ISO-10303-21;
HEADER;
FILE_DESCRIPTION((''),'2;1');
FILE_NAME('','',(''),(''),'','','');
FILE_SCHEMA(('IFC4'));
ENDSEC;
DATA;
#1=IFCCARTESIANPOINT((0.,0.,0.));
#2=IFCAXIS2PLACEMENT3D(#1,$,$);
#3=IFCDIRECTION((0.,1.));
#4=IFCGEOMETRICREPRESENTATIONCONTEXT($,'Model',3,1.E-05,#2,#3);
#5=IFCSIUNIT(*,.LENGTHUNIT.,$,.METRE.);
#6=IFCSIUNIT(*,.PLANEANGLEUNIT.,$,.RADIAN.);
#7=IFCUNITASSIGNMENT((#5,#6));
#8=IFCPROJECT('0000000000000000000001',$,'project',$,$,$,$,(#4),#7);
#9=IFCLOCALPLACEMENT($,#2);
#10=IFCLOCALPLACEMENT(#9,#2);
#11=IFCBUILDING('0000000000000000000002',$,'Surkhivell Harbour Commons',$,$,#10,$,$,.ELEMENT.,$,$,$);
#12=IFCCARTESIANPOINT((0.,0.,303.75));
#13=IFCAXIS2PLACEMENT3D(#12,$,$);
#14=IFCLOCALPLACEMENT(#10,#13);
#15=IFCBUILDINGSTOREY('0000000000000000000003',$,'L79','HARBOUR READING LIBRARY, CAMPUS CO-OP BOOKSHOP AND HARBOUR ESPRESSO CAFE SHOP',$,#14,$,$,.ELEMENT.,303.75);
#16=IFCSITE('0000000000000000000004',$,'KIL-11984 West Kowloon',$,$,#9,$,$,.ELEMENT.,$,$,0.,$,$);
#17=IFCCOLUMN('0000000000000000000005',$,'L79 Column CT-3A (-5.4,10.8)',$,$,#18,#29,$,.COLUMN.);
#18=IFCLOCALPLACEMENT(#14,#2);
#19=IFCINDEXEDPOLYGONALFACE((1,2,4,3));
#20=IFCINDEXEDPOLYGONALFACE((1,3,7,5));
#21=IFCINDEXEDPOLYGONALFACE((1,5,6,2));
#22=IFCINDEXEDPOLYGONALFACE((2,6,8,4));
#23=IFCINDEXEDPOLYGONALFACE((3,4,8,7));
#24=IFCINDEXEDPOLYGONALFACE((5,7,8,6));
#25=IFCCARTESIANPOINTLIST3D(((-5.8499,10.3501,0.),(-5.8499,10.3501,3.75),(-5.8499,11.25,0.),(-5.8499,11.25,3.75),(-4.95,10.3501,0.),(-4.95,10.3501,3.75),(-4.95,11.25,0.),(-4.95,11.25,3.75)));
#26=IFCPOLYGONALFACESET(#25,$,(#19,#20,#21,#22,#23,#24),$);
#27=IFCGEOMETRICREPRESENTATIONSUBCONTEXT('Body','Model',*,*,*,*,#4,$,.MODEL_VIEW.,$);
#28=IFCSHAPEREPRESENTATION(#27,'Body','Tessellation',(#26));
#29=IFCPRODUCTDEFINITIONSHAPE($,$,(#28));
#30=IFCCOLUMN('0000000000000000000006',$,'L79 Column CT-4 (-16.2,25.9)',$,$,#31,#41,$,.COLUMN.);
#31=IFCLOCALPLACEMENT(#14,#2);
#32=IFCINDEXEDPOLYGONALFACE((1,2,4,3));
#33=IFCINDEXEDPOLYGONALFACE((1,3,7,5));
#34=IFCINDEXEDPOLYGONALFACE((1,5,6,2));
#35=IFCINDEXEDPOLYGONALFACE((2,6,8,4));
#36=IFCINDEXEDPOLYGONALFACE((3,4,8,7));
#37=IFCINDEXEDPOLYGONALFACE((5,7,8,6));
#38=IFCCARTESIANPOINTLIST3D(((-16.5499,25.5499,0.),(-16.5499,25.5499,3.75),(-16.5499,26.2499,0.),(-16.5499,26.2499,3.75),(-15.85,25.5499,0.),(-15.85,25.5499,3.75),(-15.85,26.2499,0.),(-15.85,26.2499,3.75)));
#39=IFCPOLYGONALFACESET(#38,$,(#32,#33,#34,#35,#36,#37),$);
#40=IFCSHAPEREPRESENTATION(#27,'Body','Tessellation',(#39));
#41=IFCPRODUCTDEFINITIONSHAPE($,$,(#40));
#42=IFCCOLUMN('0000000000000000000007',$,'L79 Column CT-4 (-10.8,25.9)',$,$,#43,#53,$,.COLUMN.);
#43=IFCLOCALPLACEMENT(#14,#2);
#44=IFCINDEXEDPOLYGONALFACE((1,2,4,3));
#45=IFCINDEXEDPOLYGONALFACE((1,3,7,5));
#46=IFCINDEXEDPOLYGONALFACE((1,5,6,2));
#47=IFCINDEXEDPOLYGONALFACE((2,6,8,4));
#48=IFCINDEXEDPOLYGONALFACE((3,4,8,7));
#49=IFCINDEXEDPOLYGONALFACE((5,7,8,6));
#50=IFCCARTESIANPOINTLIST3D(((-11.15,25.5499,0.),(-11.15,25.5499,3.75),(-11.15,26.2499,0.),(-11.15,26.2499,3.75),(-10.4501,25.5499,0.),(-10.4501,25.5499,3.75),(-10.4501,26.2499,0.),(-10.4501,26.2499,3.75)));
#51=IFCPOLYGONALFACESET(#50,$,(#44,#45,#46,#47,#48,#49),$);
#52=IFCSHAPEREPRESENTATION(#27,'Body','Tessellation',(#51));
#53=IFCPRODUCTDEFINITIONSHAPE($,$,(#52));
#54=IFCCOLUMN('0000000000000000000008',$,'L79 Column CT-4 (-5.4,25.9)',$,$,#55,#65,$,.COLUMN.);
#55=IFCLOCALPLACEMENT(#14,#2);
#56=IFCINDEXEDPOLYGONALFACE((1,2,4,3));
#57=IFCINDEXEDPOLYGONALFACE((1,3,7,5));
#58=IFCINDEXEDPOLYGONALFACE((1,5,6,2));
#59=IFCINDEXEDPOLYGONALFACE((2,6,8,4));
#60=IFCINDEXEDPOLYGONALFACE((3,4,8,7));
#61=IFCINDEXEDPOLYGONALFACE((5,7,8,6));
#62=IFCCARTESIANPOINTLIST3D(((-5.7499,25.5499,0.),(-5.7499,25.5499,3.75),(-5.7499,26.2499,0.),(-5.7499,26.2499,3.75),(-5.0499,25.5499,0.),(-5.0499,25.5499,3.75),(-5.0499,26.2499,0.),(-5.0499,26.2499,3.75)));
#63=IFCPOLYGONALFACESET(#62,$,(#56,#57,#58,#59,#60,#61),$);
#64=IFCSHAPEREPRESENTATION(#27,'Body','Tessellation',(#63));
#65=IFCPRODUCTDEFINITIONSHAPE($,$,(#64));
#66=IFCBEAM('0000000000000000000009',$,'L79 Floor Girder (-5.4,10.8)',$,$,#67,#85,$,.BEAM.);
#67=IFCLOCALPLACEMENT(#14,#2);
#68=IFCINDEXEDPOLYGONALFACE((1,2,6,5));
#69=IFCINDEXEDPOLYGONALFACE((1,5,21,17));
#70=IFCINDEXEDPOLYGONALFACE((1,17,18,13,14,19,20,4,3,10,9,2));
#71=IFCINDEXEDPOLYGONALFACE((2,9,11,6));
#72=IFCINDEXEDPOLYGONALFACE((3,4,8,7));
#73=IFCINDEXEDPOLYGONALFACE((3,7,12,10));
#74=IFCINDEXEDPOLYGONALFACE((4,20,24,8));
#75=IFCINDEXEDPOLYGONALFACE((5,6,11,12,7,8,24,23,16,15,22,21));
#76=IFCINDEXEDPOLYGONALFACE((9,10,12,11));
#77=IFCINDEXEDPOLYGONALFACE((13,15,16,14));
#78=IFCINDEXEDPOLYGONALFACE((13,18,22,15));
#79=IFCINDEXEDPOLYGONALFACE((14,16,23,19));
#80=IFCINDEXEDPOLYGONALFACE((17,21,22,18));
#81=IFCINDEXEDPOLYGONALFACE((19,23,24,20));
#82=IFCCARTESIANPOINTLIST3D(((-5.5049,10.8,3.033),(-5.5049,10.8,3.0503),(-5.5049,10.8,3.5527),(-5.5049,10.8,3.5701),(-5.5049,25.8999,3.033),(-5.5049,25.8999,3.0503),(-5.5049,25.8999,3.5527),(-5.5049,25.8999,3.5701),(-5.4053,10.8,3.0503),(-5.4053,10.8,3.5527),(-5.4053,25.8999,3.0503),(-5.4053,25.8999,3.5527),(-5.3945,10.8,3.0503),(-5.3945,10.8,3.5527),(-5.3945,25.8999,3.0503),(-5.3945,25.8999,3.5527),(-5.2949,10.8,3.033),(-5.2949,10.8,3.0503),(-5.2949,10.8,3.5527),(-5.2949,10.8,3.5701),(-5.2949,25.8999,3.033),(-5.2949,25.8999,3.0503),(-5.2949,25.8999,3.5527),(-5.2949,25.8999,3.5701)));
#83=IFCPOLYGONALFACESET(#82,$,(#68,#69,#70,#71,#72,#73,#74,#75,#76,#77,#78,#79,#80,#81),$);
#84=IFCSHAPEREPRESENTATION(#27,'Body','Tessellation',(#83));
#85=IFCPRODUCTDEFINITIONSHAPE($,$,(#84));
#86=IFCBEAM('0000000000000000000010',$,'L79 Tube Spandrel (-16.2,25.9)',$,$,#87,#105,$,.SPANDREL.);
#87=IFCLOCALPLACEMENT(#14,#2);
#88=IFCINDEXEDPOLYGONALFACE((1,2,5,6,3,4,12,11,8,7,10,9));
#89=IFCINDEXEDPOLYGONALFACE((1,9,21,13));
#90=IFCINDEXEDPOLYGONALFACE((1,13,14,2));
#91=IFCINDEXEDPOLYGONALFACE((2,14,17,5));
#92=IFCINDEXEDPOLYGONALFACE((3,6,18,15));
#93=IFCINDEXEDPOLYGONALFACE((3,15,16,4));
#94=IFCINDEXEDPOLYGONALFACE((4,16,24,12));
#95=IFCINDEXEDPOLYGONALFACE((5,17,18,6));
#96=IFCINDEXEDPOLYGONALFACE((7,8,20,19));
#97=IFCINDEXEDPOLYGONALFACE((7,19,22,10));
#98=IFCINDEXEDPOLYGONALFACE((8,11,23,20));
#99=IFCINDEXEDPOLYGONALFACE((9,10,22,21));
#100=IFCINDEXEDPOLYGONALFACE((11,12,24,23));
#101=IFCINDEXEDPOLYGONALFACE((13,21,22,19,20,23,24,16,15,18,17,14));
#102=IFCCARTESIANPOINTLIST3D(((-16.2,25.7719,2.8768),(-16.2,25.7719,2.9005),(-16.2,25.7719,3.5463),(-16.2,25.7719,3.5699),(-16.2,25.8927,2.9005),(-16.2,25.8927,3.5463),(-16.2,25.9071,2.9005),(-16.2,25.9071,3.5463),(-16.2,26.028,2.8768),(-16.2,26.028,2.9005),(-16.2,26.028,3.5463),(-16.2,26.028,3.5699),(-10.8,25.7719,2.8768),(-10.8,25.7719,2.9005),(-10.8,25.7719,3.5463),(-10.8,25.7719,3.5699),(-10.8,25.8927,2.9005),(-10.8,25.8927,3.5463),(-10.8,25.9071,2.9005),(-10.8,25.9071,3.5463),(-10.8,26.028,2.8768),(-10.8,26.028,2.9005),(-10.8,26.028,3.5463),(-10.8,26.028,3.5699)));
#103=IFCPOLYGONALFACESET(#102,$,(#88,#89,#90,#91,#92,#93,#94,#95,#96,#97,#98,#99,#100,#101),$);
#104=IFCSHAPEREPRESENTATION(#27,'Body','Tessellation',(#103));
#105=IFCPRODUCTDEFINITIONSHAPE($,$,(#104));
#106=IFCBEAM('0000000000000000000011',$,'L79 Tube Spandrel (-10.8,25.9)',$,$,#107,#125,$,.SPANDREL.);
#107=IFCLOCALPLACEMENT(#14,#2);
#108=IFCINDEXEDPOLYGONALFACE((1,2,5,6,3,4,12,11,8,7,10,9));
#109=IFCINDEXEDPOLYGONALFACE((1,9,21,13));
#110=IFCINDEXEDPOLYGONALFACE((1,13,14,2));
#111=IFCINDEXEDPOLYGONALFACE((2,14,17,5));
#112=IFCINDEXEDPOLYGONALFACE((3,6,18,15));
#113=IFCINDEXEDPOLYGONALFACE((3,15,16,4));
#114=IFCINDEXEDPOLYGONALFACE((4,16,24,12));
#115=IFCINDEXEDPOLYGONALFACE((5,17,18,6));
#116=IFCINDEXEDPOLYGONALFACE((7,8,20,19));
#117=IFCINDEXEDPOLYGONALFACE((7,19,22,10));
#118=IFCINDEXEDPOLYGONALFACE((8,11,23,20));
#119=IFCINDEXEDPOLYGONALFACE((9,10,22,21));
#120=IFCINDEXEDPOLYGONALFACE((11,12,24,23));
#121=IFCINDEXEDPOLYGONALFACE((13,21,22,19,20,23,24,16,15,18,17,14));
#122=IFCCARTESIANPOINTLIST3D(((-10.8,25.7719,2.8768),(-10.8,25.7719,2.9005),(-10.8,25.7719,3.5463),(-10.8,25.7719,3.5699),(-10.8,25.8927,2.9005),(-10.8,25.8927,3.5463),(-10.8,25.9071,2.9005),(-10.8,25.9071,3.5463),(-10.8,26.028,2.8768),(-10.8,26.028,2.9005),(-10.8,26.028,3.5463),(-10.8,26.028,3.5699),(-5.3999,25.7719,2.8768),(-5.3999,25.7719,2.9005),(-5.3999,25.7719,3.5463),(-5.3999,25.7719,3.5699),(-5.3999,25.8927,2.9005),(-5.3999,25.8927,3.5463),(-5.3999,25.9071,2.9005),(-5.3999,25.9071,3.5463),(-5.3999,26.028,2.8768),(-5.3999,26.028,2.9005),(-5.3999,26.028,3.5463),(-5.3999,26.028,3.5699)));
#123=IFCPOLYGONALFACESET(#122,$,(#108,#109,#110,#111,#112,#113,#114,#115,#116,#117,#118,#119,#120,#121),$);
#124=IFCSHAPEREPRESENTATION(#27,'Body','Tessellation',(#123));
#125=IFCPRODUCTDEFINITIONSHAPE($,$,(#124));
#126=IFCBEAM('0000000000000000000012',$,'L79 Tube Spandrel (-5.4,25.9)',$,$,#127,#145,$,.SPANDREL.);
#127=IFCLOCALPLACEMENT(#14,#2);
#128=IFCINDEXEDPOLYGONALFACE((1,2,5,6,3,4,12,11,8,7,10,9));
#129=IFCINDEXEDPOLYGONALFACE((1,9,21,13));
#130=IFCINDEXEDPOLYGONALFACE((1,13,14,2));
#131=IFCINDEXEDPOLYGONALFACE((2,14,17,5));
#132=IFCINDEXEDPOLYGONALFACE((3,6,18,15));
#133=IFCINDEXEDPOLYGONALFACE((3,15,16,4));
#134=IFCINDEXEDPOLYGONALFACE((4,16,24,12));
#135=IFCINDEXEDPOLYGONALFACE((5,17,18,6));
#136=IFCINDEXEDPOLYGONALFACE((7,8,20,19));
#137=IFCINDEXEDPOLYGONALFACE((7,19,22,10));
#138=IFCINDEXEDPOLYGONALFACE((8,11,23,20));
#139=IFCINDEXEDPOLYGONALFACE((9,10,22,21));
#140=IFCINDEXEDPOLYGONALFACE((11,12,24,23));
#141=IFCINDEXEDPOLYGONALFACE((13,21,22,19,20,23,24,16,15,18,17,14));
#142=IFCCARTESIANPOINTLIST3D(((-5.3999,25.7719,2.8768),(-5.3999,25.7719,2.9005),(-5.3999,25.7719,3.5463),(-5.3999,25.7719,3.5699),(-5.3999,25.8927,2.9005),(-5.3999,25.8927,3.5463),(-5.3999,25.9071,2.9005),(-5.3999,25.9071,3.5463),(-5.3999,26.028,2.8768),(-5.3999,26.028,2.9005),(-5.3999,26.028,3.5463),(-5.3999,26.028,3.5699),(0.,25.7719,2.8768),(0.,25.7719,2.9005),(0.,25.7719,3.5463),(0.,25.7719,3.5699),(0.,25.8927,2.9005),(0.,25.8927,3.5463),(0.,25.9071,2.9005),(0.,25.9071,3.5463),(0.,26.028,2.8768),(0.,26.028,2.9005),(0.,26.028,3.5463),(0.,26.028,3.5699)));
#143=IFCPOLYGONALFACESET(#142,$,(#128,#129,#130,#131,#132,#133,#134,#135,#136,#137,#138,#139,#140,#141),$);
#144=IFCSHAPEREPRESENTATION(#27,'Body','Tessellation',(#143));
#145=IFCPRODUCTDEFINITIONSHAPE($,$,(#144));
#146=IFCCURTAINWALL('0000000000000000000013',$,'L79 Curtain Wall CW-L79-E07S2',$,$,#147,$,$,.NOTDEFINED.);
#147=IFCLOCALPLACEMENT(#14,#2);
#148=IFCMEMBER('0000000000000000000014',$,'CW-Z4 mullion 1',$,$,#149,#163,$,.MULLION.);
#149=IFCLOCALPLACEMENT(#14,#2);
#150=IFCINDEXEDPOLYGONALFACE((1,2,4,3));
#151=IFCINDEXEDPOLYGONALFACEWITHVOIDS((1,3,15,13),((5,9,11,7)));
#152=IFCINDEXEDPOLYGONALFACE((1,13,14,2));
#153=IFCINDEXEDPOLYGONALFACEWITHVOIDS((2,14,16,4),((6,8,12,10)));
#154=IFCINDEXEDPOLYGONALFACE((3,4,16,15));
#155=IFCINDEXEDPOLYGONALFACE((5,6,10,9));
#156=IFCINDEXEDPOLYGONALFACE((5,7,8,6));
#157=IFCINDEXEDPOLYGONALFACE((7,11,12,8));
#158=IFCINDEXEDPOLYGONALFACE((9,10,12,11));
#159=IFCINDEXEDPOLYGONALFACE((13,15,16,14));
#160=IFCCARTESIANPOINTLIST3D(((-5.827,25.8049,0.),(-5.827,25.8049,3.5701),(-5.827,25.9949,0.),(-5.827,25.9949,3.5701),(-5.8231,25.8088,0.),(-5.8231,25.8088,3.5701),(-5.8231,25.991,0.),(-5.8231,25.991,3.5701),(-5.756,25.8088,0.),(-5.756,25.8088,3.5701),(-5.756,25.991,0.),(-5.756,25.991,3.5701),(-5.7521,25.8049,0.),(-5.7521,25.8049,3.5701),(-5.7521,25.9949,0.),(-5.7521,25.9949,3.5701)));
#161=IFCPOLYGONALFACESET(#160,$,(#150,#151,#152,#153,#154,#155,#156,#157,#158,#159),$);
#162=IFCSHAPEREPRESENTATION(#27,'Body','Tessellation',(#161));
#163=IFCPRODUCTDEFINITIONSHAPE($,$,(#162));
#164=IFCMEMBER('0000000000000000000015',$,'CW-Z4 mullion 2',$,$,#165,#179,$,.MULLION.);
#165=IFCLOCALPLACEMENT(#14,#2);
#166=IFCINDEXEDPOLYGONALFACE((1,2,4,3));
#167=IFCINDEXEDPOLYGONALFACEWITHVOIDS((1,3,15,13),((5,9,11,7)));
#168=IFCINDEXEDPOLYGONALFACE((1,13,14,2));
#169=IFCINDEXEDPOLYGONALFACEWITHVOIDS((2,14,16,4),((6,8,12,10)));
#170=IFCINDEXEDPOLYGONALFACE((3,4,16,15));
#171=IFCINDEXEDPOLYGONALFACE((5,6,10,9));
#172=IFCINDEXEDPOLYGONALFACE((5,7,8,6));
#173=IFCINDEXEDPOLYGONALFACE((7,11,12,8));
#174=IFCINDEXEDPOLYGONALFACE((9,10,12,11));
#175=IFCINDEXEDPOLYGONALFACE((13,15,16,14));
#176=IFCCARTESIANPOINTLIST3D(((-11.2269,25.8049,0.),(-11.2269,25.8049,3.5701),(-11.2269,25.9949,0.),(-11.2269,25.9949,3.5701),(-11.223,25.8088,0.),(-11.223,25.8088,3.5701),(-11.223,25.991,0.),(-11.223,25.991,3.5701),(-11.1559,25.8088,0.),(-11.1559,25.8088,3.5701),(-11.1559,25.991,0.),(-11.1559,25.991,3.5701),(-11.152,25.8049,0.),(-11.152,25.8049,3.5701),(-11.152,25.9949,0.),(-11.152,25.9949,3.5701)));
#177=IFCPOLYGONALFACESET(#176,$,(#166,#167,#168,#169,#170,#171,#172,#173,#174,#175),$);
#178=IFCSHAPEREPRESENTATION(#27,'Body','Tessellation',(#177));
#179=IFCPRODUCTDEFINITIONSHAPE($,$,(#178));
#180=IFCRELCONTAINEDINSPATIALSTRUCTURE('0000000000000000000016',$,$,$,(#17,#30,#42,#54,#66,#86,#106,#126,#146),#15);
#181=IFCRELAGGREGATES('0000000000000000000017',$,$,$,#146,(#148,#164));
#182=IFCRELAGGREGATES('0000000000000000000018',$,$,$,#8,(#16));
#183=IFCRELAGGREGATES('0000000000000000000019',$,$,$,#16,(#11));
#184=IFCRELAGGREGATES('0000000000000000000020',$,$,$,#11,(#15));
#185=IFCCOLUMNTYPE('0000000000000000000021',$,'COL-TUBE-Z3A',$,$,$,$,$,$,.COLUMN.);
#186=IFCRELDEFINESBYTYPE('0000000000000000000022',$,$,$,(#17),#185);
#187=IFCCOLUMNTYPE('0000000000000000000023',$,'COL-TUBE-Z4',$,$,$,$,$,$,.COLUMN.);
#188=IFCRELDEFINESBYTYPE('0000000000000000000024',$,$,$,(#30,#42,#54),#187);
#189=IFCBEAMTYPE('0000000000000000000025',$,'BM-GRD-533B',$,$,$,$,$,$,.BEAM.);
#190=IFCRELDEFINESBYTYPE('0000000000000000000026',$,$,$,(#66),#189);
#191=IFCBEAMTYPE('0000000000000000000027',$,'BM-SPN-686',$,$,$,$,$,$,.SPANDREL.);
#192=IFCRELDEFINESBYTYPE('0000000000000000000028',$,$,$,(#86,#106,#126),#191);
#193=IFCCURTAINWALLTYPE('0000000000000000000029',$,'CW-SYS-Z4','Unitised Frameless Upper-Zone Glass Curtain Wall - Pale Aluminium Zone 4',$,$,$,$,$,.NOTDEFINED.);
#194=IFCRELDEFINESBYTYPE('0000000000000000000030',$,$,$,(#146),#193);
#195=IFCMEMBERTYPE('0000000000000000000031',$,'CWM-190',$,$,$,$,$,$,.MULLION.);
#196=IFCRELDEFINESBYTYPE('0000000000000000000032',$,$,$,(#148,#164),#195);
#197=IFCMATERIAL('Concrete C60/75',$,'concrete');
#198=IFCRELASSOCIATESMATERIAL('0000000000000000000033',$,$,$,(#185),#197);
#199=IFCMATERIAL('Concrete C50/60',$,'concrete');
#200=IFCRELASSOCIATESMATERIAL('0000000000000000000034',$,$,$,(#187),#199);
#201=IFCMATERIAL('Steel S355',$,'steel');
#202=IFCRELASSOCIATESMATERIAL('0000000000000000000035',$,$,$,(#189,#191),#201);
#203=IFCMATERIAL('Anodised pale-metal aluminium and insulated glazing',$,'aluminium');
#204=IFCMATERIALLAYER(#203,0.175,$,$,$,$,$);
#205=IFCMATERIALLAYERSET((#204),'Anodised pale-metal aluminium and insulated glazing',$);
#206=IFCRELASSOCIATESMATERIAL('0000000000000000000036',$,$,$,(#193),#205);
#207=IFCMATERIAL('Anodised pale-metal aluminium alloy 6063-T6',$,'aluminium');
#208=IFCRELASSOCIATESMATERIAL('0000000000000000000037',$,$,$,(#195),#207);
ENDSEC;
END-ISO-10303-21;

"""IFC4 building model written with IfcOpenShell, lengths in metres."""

from ifc_helpers import new_model, si_unit, direction, frame, origin, origin_2d, place, context, subcontext, project, spatial, rectangle, hollow_rectangle, i_section, extrude, material, layer, layer_set, material_profile, profile_set, type_object, element, aggregate, save


model = new_model("IFC4")

# Units and contexts
model_context = context("Model", 3, precision=1e-05, world=origin(), true_north=direction((0.0, 1.0)))
body_context = subcontext(model_context, "Body", "Model", "MODEL_VIEW")
ifc_project = project(units=[si_unit("LENGTHUNIT", "METRE"), si_unit("PLANEANGLEUNIT", "RADIAN")], contexts=[model_context])

# Site, building, storey
site_placement = place(None, origin())
site = spatial("IfcSite", under=ifc_project, at=site_placement, Name="KIL-11984 West Kowloon", CompositionType="ELEMENT", RefElevation=0.0)
building_placement = place(site_placement, origin())
building = spatial("IfcBuilding", under=site, at=building_placement, Name="Surkhivell Harbour Commons", CompositionType="ELEMENT")
storey_placement = place(building_placement, frame((0.0, 0.0, 303.75)))
storey = spatial("IfcBuildingStorey", under=building, at=storey_placement, Name="L79", Description="HARBOUR READING LIBRARY, CAMPUS CO-OP BOOKSHOP AND HARBOUR ESPRESSO CAFE SHOP", CompositionType="ELEMENT", Elevation=303.75)

# Columns
ifc_material_1 = material(Name="Concrete C60/75", Category="concrete")
ifc_material_profile_1 = material_profile(ifc_material_1, rectangle(XDim=0.8999, YDim=0.8999, at=origin_2d()), Name="RC-COL-900x900")
ifc_profile_set_1 = profile_set([ifc_material_profile_1], Name="Concrete C60/75")
column_type_1 = type_object("IfcColumnType", Name="COL-TUBE-Z3A", PredefinedType="COLUMN", material=ifc_profile_set_1)
column_placement = place(storey_placement, frame((-5.3999, 10.8, 0.0), z_axis=(0.0, 0.0, 1.0), x_axis=(1.0, 0.0, 0.0)))
element("IfcColumn", 1, at=column_placement, inside=storey, type_object=column_type_1, Name="L79 Column CT-3A (-5.4,10.8)", PredefinedType="COLUMN", context=body_context, shape_type="SweptSolid", body=[
    extrude(rectangle(XDim=0.8999, YDim=0.8999, at=origin_2d()), origin(), (0.0, 0.0, 1.0), 3.75),
])
ifc_material_2 = material(Name="Concrete C50/60", Category="concrete")
ifc_material_profile_2 = material_profile(ifc_material_2, rectangle(XDim=0.7, YDim=0.7, at=origin_2d()), Name="RC-COL-700x700")
ifc_profile_set_2 = profile_set([ifc_material_profile_2], Name="Concrete C50/60")
column_type_2 = type_object("IfcColumnType", Name="COL-TUBE-Z4", PredefinedType="COLUMN", material=ifc_profile_set_2)
for number, where, z_axis, x_axis, name in (
    (2, (-16.2, 25.8999, 0.0), (0.0, 0.0, 1.0), (1.0, 0.0, 0.0), "L79 Column CT-4 (-16.2,25.9)"),
    (3, (-10.8, 25.8999, 0.0), (0.0, 0.0, 1.0), (1.0, 0.0, 0.0), "L79 Column CT-4 (-10.8,25.9)"),
    (4, (-5.3999, 25.8999, 0.0), (0.0, 0.0, 1.0), (1.0, 0.0, 0.0), "L79 Column CT-4 (-5.4,25.9)"),
):
    element("IfcColumn", number, at=place(storey_placement, frame(where, z_axis=z_axis, x_axis=x_axis)), inside=storey, type_object=column_type_2, Name=name, PredefinedType="COLUMN", context=body_context, shape_type="SweptSolid", body=[
        extrude(rectangle(XDim=0.7, YDim=0.7, at=origin_2d()), origin(), (0.0, 0.0, 1.0), 3.75),
    ])

# Beams
ifc_material_3 = material(Name="Steel S355", Category="steel")
ifc_material_profile_3 = material_profile(ifc_material_3, i_section(OverallWidth=0.21, OverallDepth=0.5371, WebThickness=0.0107, FlangeThickness=0.0173, at=origin_2d()), Name="UB533x210x101")
ifc_profile_set_3 = profile_set([ifc_material_profile_3], Name="Steel S355")
beam_type_1 = type_object("IfcBeamType", Name="BM-GRD-533B", PredefinedType="BEAM", material=ifc_profile_set_3)
beam_1_placement = place(storey_placement, frame((-5.3999, 10.8, 3.3015), z_axis=(0.0, 1.0, 0.0), x_axis=(-1.0, 0.0, 0.0)))
element("IfcBeam", 5, at=beam_1_placement, inside=storey, type_object=beam_type_1, Name="L79 Floor Girder (-5.4,10.8)", PredefinedType="BEAM", context=body_context, shape_type="SweptSolid", body=[
    extrude(i_section(OverallWidth=0.21, OverallDepth=0.5371, WebThickness=0.0107, FlangeThickness=0.0173, at=origin_2d()), origin(), (0.0, 0.0, 1.0), 15.0999),
])
ifc_material_profile_4 = material_profile(ifc_material_3, i_section(OverallWidth=0.2561, OverallDepth=0.6931, WebThickness=0.0144, FlangeThickness=0.0237, at=origin_2d()), Name="UB686x254x170")
ifc_profile_set_4 = profile_set([ifc_material_profile_4], Name="Steel S355")
beam_type_2 = type_object("IfcBeamType", Name="BM-SPN-686", PredefinedType="SPANDREL", material=ifc_profile_set_4)
beam_2_placement = place(storey_placement, frame((-16.2, 25.8999, 3.2234), z_axis=(1.0, 0.0, 0.0), x_axis=(0.0, 1.0, 0.0)))
element("IfcBeam", 6, at=beam_2_placement, inside=storey, type_object=beam_type_2, Name="L79 Tube Spandrel (-16.2,25.9)", PredefinedType="SPANDREL", context=body_context, shape_type="SweptSolid", body=[
    extrude(i_section(OverallWidth=0.2561, OverallDepth=0.6931, WebThickness=0.0144, FlangeThickness=0.0237, at=origin_2d()), origin(), (0.0, 0.0, 1.0), 5.3999),
])
beam_3_placement = place(storey_placement, frame((-10.8, 25.8999, 3.2234), z_axis=(1.0, 0.0, 0.0), x_axis=(0.0, 1.0, 0.0)))
element("IfcBeam", 7, at=beam_3_placement, inside=storey, type_object=beam_type_2, Name="L79 Tube Spandrel (-10.8,25.9)", PredefinedType="SPANDREL", context=body_context, shape_type="SweptSolid", body=[
    extrude(i_section(OverallWidth=0.2561, OverallDepth=0.6931, WebThickness=0.0144, FlangeThickness=0.0237, at=origin_2d()), origin(), (0.0, 0.0, 1.0), 5.4001),
])
beam_4_placement = place(storey_placement, frame((-5.3999, 25.8999, 3.2234), z_axis=(1.0, 0.0, 0.0), x_axis=(0.0, 1.0, 0.0)))
element("IfcBeam", 8, at=beam_4_placement, inside=storey, type_object=beam_type_2, Name="L79 Tube Spandrel (-5.4,25.9)", PredefinedType="SPANDREL", context=body_context, shape_type="SweptSolid", body=[
    extrude(i_section(OverallWidth=0.2561, OverallDepth=0.6931, WebThickness=0.0144, FlangeThickness=0.0237, at=origin_2d()), origin(), (0.0, 0.0, 1.0), 5.3999),
])

# Curtain wall, members
ifc_material_4 = material(Name="Anodised pale-metal aluminium and insulated glazing", Category="aluminium")
ifc_layer_1 = layer(ifc_material_4, 0.175)
ifc_layer_set_1 = layer_set([ifc_layer_1], Name="Anodised pale-metal aluminium and insulated glazing")
curtain_wall_type = type_object("IfcCurtainWallType", Name="CW-SYS-Z4", Description="Unitised Frameless Upper-Zone Glass Curtain Wall - Pale Aluminium Zone 4", PredefinedType="NOTDEFINED", material=ifc_layer_set_1)
curtain_wall_placement = place(storey_placement, origin())
curtain_wall = element("IfcCurtainWall", 9, at=curtain_wall_placement, inside=storey, type_object=curtain_wall_type, Name="L79 Curtain Wall CW-L79-E07S2", PredefinedType="NOTDEFINED")
ifc_material_5 = material(Name="Anodised pale-metal aluminium alloy 6063-T6", Category="aluminium")
ifc_material_profile_5 = material_profile(ifc_material_5, hollow_rectangle(XDim=0.075, YDim=0.1899, WallThickness=0.0039, at=origin_2d()), Name="ALU-MULL-75x190")
ifc_profile_set_5 = profile_set([ifc_material_profile_5], Name="Anodised pale-metal aluminium alloy 6063-T6")
member_type_1 = type_object("IfcMemberType", Name="CWM-190", PredefinedType="MULLION", material=ifc_profile_set_5)
member_1_placement = place(storey_placement, frame((-5.7896, 25.8999, 0.0), z_axis=(0.0, 0.0, 1.0), x_axis=(-1.0, 0.0, 0.0)))
member_1 = element("IfcMember", 10, at=member_1_placement, type_object=member_type_1, Name="CW-Z4 mullion 1", PredefinedType="MULLION", context=body_context, shape_type="SweptSolid", body=[
    extrude(hollow_rectangle(XDim=0.075, YDim=0.1899, WallThickness=0.0039, at=origin_2d()), origin(), (0.0, 0.0, 1.0), 3.5701),
])
member_2_placement = place(storey_placement, frame((-11.1895, 25.8999, 0.0), z_axis=(0.0, 0.0, 1.0), x_axis=(-1.0, 0.0, 0.0)))
member_2 = element("IfcMember", 11, at=member_2_placement, type_object=member_type_1, Name="CW-Z4 mullion 2", PredefinedType="MULLION", context=body_context, shape_type="SweptSolid", body=[
    extrude(hollow_rectangle(XDim=0.075, YDim=0.1899, WallThickness=0.0039, at=origin_2d()), origin(), (0.0, 0.0, 1.0), 3.5701),
])
aggregate(curtain_wall, [member_1, member_2])

save(model, "model.ifc")
